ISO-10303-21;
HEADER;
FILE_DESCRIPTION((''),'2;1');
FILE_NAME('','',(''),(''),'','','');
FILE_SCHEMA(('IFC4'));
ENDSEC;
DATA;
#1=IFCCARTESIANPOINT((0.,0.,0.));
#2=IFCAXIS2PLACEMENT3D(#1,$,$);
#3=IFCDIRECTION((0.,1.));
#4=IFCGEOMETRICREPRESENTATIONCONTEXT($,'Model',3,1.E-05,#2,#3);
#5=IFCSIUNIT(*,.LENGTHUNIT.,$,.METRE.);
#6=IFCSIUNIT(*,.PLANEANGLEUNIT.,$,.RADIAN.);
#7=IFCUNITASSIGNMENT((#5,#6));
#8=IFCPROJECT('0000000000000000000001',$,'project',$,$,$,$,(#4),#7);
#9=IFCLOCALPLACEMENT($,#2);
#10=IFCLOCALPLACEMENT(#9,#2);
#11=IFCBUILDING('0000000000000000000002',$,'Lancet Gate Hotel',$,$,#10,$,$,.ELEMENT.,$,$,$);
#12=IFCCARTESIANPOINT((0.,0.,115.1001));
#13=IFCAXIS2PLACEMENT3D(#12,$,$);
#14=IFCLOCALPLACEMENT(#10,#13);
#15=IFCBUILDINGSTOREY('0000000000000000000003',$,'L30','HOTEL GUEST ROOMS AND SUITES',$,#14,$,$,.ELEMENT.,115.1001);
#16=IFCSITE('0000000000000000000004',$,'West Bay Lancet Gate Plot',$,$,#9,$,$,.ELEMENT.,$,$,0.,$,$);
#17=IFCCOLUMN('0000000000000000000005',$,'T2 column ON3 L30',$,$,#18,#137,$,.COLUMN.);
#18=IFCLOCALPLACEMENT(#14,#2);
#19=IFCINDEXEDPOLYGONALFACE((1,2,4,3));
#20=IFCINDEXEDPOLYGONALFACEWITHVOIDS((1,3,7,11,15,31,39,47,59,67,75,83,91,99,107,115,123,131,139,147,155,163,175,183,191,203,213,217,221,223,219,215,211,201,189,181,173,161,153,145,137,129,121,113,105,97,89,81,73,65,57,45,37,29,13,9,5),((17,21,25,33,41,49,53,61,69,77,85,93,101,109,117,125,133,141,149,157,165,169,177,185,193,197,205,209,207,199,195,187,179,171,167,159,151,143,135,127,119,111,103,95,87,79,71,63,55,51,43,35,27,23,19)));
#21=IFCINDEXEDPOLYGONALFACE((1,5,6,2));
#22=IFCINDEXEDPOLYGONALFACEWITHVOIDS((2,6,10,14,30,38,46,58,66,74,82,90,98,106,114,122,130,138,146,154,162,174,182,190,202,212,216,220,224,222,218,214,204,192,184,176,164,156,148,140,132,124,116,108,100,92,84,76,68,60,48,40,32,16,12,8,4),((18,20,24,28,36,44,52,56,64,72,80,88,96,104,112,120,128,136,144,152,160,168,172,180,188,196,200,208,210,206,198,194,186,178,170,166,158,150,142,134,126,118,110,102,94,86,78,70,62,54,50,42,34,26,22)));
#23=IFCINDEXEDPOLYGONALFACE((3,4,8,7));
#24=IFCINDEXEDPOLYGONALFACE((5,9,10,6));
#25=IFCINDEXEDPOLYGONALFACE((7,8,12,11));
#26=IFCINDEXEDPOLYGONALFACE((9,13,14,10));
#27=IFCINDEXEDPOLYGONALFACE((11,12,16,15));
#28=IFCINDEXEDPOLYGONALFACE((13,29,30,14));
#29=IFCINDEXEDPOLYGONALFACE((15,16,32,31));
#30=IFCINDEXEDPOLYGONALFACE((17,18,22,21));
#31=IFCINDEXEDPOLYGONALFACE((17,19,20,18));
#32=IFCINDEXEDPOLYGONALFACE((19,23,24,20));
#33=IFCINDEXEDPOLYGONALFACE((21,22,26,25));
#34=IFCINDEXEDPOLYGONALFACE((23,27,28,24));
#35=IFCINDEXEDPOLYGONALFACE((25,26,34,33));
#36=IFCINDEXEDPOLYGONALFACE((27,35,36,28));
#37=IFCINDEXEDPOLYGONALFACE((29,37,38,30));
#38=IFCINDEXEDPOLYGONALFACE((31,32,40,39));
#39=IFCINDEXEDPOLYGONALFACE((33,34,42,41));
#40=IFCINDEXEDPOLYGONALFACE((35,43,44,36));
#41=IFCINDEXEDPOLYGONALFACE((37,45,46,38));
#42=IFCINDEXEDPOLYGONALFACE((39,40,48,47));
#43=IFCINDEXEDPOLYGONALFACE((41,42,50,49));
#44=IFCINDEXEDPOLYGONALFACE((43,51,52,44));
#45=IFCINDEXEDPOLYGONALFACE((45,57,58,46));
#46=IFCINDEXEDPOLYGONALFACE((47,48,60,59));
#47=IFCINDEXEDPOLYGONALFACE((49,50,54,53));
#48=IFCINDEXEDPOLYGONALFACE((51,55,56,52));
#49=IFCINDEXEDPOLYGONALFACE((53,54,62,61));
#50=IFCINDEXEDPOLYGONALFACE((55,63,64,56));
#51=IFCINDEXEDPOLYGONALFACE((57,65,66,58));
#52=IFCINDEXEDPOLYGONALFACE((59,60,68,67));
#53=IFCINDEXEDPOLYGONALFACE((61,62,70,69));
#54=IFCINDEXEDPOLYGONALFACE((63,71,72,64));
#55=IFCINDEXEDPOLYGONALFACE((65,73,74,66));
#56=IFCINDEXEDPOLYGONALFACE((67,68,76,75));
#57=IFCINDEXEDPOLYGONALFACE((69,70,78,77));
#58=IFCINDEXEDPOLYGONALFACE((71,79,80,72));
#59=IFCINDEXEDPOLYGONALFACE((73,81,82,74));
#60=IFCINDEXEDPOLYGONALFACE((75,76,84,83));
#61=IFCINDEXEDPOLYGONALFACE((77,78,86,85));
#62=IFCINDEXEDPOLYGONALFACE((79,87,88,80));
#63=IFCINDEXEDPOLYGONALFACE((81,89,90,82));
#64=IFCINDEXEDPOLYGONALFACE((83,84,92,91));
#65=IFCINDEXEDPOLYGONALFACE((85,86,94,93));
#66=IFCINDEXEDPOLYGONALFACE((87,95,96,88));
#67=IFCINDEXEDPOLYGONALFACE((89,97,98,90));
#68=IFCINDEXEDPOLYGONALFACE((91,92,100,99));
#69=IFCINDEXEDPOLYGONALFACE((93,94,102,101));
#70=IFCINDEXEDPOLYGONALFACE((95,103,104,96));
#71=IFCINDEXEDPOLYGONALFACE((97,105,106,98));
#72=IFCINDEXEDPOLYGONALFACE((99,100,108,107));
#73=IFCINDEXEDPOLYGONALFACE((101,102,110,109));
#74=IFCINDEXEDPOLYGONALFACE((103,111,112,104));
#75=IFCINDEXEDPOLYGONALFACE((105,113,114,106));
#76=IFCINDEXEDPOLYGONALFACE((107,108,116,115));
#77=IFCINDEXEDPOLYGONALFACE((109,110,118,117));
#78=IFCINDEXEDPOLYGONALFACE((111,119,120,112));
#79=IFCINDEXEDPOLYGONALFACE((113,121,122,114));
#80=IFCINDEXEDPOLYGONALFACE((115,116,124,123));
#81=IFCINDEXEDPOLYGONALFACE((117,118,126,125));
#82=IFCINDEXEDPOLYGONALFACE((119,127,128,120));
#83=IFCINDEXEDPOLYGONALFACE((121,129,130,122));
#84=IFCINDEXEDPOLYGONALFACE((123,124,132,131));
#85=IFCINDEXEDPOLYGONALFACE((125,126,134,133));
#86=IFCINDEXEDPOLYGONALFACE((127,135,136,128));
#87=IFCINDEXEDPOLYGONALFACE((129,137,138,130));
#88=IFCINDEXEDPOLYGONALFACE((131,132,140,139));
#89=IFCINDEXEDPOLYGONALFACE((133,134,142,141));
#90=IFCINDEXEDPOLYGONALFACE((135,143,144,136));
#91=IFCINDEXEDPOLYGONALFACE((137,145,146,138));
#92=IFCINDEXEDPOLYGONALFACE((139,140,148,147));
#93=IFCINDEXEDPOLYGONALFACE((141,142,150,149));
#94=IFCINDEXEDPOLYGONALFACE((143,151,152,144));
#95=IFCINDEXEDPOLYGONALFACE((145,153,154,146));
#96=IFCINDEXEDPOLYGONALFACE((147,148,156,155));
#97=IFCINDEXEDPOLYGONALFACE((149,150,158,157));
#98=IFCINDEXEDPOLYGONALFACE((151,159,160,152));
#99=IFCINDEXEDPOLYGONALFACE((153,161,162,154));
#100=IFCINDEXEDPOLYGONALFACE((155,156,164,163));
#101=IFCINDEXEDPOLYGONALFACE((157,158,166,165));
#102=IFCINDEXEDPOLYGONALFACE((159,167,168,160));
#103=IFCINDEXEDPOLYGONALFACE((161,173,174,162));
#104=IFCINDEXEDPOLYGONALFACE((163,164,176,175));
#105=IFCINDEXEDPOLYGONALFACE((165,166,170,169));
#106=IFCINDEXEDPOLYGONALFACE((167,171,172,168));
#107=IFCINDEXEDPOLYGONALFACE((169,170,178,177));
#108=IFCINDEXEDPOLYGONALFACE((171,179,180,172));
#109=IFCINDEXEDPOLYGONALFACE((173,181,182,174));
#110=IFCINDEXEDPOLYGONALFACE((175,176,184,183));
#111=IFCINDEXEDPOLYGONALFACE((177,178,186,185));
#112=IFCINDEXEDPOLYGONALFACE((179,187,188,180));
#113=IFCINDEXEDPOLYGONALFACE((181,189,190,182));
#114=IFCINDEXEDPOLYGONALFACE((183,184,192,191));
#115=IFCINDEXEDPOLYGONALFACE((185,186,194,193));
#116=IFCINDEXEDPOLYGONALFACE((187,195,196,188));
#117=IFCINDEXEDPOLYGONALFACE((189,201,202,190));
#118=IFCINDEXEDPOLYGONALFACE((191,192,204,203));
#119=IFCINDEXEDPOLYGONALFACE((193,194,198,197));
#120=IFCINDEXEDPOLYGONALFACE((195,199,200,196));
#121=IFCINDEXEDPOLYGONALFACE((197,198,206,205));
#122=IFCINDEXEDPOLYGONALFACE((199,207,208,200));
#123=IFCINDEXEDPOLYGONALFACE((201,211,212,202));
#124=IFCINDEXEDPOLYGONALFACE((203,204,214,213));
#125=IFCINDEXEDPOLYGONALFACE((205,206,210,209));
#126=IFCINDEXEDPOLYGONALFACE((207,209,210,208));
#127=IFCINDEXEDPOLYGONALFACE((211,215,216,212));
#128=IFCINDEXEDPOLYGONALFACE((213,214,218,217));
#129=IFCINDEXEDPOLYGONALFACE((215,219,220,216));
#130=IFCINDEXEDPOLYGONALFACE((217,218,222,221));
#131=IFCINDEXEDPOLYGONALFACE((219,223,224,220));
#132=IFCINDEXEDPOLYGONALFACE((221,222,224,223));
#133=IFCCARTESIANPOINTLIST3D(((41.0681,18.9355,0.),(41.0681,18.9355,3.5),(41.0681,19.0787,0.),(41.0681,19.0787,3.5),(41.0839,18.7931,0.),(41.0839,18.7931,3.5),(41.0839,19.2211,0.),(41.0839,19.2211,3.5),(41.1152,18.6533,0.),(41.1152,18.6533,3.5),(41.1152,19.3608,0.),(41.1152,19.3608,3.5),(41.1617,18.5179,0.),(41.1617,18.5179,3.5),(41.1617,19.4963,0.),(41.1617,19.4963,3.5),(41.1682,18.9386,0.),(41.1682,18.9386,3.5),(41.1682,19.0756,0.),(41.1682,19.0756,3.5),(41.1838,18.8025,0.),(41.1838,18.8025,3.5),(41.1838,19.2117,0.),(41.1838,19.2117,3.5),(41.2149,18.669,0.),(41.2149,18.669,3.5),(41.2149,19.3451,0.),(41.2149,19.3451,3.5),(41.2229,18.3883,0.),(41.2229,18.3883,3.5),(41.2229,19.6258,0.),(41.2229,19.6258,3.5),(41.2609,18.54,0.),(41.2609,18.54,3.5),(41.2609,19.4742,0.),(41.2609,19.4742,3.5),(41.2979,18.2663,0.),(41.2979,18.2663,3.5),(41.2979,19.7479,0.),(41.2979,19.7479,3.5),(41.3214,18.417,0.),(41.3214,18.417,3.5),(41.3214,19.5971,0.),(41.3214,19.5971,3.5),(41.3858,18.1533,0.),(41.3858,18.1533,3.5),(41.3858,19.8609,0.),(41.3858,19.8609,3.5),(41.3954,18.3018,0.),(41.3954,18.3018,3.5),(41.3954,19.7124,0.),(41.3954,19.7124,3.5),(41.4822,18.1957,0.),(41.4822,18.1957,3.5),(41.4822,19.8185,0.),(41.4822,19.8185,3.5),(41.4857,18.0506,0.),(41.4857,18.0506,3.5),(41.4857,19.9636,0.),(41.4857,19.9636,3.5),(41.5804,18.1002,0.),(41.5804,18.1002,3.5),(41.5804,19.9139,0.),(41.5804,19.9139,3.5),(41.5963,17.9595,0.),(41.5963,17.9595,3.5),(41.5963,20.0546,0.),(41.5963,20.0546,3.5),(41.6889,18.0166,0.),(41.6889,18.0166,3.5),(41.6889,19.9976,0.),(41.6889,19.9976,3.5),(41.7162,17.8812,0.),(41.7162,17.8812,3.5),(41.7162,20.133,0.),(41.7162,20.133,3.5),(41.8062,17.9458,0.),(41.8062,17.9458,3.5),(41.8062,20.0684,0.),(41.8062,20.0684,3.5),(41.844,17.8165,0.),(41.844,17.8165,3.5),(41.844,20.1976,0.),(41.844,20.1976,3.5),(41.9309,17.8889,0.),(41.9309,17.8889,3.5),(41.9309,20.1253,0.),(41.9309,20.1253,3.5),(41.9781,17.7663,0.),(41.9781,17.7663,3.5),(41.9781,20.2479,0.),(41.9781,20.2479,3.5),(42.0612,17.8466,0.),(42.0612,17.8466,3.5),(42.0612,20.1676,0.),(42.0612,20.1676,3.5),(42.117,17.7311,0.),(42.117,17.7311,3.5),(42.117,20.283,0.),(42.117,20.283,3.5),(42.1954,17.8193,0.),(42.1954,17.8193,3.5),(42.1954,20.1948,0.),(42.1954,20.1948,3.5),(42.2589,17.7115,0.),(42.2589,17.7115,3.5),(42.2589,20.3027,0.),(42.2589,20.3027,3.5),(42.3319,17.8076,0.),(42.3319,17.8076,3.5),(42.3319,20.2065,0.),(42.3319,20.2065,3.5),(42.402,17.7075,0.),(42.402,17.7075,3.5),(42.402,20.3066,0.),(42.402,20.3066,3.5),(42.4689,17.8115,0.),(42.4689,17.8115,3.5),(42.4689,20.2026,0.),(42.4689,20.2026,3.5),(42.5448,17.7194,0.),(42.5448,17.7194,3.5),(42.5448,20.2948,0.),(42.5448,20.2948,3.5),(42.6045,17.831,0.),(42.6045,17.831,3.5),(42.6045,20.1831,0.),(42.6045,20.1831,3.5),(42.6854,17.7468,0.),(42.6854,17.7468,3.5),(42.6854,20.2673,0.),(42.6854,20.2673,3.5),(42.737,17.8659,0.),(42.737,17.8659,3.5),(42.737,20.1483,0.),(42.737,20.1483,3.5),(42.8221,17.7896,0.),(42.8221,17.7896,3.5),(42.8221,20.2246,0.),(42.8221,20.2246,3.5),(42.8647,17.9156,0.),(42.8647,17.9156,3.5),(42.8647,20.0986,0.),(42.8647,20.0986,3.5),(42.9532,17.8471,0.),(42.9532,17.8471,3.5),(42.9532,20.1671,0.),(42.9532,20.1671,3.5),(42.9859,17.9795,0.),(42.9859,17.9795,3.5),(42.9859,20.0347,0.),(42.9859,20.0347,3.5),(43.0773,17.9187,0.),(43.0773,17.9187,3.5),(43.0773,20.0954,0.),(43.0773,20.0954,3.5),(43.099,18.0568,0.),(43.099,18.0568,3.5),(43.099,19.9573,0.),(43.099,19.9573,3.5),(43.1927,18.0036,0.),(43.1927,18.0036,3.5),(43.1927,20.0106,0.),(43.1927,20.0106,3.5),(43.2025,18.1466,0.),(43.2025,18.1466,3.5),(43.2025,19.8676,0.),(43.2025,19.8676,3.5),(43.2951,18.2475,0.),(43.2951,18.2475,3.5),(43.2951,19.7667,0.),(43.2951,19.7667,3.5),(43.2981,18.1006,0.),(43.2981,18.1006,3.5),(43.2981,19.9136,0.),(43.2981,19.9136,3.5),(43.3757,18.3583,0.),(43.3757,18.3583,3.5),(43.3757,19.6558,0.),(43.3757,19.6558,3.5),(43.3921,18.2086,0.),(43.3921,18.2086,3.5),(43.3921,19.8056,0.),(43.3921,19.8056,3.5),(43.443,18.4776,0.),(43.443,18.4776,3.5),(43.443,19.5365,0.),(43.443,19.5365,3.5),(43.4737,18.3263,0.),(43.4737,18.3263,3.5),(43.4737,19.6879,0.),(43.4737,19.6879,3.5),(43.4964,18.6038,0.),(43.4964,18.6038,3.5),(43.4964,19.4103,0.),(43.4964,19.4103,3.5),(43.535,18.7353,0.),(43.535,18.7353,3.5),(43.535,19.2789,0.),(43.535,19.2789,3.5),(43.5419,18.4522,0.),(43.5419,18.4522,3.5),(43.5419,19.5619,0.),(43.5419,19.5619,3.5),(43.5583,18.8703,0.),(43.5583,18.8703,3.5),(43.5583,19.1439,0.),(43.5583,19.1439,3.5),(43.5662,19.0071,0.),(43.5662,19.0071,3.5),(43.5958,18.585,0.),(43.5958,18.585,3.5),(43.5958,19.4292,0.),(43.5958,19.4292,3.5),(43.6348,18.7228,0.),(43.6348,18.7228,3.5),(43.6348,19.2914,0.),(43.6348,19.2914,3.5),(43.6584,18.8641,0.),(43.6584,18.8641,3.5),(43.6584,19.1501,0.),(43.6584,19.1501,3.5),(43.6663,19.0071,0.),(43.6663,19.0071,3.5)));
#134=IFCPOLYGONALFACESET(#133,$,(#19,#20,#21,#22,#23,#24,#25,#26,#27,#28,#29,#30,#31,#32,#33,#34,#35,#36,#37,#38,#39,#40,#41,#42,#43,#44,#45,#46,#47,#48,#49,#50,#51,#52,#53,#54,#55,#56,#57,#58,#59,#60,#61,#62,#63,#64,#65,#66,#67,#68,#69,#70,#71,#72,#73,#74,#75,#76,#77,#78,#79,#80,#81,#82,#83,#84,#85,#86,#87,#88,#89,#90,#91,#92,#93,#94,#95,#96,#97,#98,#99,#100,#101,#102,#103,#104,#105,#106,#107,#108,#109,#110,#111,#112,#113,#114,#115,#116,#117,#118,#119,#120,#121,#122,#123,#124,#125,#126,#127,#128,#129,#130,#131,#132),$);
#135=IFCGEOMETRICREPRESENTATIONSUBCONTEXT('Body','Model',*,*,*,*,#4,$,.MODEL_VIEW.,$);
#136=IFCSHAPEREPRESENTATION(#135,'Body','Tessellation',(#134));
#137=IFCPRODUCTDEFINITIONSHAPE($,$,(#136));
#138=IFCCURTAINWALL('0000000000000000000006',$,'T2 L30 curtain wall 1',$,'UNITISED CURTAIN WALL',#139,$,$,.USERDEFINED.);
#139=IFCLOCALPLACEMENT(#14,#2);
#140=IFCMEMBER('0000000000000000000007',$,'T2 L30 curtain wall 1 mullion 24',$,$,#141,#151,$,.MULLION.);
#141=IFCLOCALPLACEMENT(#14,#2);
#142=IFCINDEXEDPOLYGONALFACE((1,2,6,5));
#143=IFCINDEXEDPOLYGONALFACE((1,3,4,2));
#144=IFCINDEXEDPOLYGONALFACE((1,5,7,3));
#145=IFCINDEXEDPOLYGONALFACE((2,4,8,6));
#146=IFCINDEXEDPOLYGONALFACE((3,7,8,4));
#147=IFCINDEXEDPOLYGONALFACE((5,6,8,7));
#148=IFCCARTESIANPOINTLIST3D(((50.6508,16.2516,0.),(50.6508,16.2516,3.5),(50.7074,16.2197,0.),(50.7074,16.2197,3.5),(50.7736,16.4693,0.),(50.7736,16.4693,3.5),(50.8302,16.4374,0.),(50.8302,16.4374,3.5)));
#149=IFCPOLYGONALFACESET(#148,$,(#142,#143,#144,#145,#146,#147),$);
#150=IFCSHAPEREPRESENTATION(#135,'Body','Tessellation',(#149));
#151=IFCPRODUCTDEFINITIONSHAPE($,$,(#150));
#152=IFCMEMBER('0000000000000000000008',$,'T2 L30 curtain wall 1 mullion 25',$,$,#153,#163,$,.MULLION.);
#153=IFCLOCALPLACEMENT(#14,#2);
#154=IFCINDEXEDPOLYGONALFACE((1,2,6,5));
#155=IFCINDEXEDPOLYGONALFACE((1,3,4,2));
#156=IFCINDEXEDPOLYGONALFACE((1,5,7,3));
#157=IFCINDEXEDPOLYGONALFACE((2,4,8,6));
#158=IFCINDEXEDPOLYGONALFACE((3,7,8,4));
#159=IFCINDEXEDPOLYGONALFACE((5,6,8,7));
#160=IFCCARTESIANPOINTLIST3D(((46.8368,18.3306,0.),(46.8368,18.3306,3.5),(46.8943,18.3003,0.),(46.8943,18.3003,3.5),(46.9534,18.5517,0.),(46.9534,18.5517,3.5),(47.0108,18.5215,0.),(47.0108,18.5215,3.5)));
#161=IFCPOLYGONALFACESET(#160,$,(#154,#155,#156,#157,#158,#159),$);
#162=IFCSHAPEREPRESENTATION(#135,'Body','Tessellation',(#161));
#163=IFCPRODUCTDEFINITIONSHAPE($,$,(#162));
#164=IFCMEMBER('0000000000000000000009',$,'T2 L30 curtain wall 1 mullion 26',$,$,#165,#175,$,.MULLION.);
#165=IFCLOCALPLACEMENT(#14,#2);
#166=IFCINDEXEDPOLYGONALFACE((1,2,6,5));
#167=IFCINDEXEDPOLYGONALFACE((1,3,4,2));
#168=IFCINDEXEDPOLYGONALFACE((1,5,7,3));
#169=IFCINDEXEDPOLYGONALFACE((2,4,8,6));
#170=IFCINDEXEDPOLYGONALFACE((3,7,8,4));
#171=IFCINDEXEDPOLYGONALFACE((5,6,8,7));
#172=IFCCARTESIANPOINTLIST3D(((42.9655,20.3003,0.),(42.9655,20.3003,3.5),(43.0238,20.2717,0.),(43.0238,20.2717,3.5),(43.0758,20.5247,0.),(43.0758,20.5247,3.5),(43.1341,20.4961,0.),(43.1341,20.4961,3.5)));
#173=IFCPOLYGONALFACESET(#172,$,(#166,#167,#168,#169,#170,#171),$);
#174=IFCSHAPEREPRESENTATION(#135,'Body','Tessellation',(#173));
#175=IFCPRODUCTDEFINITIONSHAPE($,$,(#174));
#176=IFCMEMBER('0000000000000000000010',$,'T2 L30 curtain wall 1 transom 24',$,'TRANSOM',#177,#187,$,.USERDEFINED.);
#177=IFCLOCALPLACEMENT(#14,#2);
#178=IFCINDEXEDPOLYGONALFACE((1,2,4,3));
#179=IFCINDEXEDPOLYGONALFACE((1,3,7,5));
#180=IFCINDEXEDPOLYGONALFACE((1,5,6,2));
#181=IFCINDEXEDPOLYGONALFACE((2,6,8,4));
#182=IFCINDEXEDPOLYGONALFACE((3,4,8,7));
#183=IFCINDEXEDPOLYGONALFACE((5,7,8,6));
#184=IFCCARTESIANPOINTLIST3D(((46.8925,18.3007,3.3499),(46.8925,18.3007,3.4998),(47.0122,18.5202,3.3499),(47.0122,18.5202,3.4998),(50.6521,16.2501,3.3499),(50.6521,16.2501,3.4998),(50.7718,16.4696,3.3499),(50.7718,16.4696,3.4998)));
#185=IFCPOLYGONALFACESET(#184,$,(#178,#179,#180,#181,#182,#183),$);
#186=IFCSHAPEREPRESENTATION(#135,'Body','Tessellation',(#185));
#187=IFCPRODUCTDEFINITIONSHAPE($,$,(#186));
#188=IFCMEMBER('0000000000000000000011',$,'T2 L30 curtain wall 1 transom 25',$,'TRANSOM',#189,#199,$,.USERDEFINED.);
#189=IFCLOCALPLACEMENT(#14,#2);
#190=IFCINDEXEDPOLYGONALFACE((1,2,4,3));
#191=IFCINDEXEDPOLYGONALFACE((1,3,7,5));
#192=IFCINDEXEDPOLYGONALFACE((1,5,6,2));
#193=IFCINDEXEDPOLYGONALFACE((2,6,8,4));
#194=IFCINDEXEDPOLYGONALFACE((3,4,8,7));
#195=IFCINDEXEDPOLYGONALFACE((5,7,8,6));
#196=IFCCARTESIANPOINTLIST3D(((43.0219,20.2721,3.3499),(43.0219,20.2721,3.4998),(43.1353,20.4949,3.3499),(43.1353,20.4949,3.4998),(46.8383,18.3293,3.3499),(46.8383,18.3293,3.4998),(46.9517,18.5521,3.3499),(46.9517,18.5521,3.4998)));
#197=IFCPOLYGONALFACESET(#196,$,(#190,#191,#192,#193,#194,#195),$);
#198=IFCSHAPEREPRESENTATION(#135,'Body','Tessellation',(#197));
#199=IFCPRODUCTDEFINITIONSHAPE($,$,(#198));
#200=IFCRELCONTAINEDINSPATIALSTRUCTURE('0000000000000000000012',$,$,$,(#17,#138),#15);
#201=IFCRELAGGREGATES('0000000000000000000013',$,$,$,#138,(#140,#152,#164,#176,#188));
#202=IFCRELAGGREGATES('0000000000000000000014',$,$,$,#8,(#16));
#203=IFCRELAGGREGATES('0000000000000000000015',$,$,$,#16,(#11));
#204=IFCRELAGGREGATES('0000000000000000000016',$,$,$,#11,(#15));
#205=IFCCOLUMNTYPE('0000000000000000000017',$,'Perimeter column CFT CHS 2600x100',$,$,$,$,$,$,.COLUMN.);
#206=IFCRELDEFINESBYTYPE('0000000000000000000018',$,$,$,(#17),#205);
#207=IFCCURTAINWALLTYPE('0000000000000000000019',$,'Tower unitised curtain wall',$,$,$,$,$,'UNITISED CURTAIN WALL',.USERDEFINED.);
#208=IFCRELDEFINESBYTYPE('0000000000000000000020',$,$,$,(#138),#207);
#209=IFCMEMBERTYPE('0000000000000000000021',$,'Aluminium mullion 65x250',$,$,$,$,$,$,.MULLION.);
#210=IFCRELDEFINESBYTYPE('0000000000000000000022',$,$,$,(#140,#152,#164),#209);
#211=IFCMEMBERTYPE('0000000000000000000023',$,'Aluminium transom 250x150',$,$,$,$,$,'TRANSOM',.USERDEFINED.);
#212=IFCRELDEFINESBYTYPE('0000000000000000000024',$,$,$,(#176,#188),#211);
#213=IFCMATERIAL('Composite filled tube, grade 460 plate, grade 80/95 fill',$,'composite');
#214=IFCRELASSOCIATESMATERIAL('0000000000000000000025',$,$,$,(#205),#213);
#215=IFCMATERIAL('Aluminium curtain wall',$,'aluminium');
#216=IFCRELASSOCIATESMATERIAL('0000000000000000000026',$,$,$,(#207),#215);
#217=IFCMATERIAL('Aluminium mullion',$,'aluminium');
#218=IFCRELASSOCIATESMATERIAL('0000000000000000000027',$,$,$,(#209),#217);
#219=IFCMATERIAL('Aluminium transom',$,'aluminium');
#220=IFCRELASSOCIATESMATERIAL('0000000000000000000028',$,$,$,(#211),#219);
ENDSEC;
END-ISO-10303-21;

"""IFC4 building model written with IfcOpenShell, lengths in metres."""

from ifc_helpers import new_model, si_unit, direction, frame, origin, origin_2d, place, context, subcontext, project, spatial, rectangle, hollow_circle, extrude, material, material_profile, profile_set, type_object, element, aggregate, save


model = new_model("IFC4")

# Units and contexts
model_context = context("Model", 3, precision=1e-05, world=origin(), true_north=direction((0.0, 1.0)))
body_context = subcontext(model_context, "Body", "Model", "MODEL_VIEW")
ifc_project = project(units=[si_unit("LENGTHUNIT", "METRE"), si_unit("PLANEANGLEUNIT", "RADIAN")], contexts=[model_context])

# Site, building, storey
site_placement = place(None, origin())
site = spatial("IfcSite", under=ifc_project, at=site_placement, Name="West Bay Lancet Gate Plot", CompositionType="ELEMENT", RefElevation=0.0)
building_placement = place(site_placement, origin())
building = spatial("IfcBuilding", under=site, at=building_placement, Name="Lancet Gate Hotel", CompositionType="ELEMENT")
storey_placement = place(building_placement, frame((0.0, 0.0, 115.1001)))
storey = spatial("IfcBuildingStorey", under=building, at=storey_placement, Name="L30", Description="HOTEL GUEST ROOMS AND SUITES", CompositionType="ELEMENT", Elevation=115.1001)

# Column
ifc_material_1 = material(Name="Composite filled tube, grade 460 plate, grade 80/95 fill", Category="composite")
ifc_material_profile_1 = material_profile(ifc_material_1, hollow_circle(Radius=1.3, WallThickness=0.1001, at=origin_2d()), Name="CHS 2600x100")
ifc_profile_set_1 = profile_set([ifc_material_profile_1], Name="Composite filled tube, grade 460 plate, grade 80/95 fill")
column_type = type_object("IfcColumnType", Name="Perimeter column CFT CHS 2600x100", PredefinedType="COLUMN", material=ifc_profile_set_1)
column_placement = place(storey_placement, frame((42.3662, 19.0071, 0.0), z_axis=(0.0, 0.0, 1.0), x_axis=(1.0, 0.0, 0.0)))
element("IfcColumn", 1, at=column_placement, inside=storey, type_object=column_type, Name="T2 column ON3 L30", PredefinedType="COLUMN", context=body_context, shape_type="SweptSolid", body=[
    extrude(hollow_circle(Radius=1.3, WallThickness=0.1001, at=origin_2d()), origin(), (0.0, 0.0, 1.0), 3.5),
])

# Curtain wall, members
ifc_material_2 = material(Name="Aluminium curtain wall", Category="aluminium")
curtain_wall_type = type_object("IfcCurtainWallType", Name="Tower unitised curtain wall", ElementType="UNITISED CURTAIN WALL", PredefinedType="USERDEFINED", material=ifc_material_2)
curtain_wall_placement = place(storey_placement, origin())
curtain_wall = element("IfcCurtainWall", 2, at=curtain_wall_placement, inside=storey, type_object=curtain_wall_type, Name="T2 L30 curtain wall 1", ObjectType="UNITISED CURTAIN WALL", PredefinedType="USERDEFINED")
ifc_material_3 = material(Name="Aluminium mullion", Category="aluminium")
ifc_material_profile_2 = material_profile(ifc_material_3, rectangle(XDim=0.0649, YDim=0.25, at=origin_2d()), Name="MULLION 65x250")
ifc_profile_set_2 = profile_set([ifc_material_profile_2], Name="Aluminium mullion")
member_type_1 = type_object("IfcMemberType", Name="Aluminium mullion 65x250", PredefinedType="MULLION", material=ifc_profile_set_2)
member_1_placement = place(storey_placement, frame((50.7405, 16.3445, 0.0), z_axis=(0.0, 0.0, 1.0), x_axis=(-0.871029, 0.491232, 0.0)))
member_1 = element("IfcMember", 3, at=member_1_placement, type_object=member_type_1, Name="T2 L30 curtain wall 1 mullion 24", PredefinedType="MULLION", context=body_context, shape_type="SweptSolid", body=[
    extrude(rectangle(XDim=0.0649, YDim=0.25, at=origin_2d()), origin(), (0.0, 0.0, 1.0), 3.5),
])
member_2_placement = place(storey_placement, frame((46.9238, 18.426, 0.0), z_axis=(0.0, 0.0, 1.0), x_axis=(-0.884627, 0.466299, 0.0)))
member_2 = element("IfcMember", 4, at=member_2_placement, type_object=member_type_1, Name="T2 L30 curtain wall 1 mullion 25", PredefinedType="MULLION", context=body_context, shape_type="SweptSolid", body=[
    extrude(rectangle(XDim=0.0649, YDim=0.25, at=origin_2d()), origin(), (0.0, 0.0, 1.0), 3.5),
])
member_3_placement = place(storey_placement, frame((43.0498, 20.3982, 0.0), z_axis=(0.0, 0.0, 1.0), x_axis=(-0.897512, 0.44099, 0.0)))
member_3 = element("IfcMember", 5, at=member_3_placement, type_object=member_type_1, Name="T2 L30 curtain wall 1 mullion 26", PredefinedType="MULLION", context=body_context, shape_type="SweptSolid", body=[
    extrude(rectangle(XDim=0.0649, YDim=0.25, at=origin_2d()), origin(), (0.0, 0.0, 1.0), 3.5),
])
ifc_material_4 = material(Name="Aluminium transom", Category="aluminium")
ifc_material_profile_3 = material_profile(ifc_material_4, rectangle(XDim=0.25, YDim=0.1499, at=origin_2d()), Name="TRANSOM 250x150")
ifc_profile_set_3 = profile_set([ifc_material_profile_3], Name="Aluminium transom")
member_type_2 = type_object("IfcMemberType", Name="Aluminium transom 250x150", ElementType="TRANSOM", PredefinedType="USERDEFINED", material=ifc_profile_set_3)
member_4_placement = place(storey_placement, frame((50.7119, 16.3599, 3.4248), z_axis=(-0.877906, 0.478832, 0.0), x_axis=(-0.478832, -0.877906, 0.0)))
member_4 = element("IfcMember", 6, at=member_4_placement, type_object=member_type_2, Name="T2 L30 curtain wall 1 transom 24", ObjectType="TRANSOM", PredefinedType="USERDEFINED", context=body_context, shape_type="SweptSolid", body=[
    extrude(rectangle(XDim=0.25, YDim=0.1499, at=origin_2d()), origin(), (0.0, 0.0, 1.0), 4.2825),
])
member_5_placement = place(storey_placement, frame((46.895, 18.4407, 3.4248), z_axis=(-0.891166, 0.453678, 0.0), x_axis=(-0.453678, -0.891166, 0.0)))
member_5 = element("IfcMember", 7, at=member_5_placement, type_object=member_type_2, Name="T2 L30 curtain wall 1 transom 25", ObjectType="TRANSOM", PredefinedType="USERDEFINED", context=body_context, shape_type="SweptSolid", body=[
    extrude(rectangle(XDim=0.25, YDim=0.1499, at=origin_2d()), origin(), (0.0, 0.0, 1.0), 4.2825),
])

aggregate(curtain_wall, [member_1, member_2, member_3, member_4, member_5])

save(model, "model.ifc")
